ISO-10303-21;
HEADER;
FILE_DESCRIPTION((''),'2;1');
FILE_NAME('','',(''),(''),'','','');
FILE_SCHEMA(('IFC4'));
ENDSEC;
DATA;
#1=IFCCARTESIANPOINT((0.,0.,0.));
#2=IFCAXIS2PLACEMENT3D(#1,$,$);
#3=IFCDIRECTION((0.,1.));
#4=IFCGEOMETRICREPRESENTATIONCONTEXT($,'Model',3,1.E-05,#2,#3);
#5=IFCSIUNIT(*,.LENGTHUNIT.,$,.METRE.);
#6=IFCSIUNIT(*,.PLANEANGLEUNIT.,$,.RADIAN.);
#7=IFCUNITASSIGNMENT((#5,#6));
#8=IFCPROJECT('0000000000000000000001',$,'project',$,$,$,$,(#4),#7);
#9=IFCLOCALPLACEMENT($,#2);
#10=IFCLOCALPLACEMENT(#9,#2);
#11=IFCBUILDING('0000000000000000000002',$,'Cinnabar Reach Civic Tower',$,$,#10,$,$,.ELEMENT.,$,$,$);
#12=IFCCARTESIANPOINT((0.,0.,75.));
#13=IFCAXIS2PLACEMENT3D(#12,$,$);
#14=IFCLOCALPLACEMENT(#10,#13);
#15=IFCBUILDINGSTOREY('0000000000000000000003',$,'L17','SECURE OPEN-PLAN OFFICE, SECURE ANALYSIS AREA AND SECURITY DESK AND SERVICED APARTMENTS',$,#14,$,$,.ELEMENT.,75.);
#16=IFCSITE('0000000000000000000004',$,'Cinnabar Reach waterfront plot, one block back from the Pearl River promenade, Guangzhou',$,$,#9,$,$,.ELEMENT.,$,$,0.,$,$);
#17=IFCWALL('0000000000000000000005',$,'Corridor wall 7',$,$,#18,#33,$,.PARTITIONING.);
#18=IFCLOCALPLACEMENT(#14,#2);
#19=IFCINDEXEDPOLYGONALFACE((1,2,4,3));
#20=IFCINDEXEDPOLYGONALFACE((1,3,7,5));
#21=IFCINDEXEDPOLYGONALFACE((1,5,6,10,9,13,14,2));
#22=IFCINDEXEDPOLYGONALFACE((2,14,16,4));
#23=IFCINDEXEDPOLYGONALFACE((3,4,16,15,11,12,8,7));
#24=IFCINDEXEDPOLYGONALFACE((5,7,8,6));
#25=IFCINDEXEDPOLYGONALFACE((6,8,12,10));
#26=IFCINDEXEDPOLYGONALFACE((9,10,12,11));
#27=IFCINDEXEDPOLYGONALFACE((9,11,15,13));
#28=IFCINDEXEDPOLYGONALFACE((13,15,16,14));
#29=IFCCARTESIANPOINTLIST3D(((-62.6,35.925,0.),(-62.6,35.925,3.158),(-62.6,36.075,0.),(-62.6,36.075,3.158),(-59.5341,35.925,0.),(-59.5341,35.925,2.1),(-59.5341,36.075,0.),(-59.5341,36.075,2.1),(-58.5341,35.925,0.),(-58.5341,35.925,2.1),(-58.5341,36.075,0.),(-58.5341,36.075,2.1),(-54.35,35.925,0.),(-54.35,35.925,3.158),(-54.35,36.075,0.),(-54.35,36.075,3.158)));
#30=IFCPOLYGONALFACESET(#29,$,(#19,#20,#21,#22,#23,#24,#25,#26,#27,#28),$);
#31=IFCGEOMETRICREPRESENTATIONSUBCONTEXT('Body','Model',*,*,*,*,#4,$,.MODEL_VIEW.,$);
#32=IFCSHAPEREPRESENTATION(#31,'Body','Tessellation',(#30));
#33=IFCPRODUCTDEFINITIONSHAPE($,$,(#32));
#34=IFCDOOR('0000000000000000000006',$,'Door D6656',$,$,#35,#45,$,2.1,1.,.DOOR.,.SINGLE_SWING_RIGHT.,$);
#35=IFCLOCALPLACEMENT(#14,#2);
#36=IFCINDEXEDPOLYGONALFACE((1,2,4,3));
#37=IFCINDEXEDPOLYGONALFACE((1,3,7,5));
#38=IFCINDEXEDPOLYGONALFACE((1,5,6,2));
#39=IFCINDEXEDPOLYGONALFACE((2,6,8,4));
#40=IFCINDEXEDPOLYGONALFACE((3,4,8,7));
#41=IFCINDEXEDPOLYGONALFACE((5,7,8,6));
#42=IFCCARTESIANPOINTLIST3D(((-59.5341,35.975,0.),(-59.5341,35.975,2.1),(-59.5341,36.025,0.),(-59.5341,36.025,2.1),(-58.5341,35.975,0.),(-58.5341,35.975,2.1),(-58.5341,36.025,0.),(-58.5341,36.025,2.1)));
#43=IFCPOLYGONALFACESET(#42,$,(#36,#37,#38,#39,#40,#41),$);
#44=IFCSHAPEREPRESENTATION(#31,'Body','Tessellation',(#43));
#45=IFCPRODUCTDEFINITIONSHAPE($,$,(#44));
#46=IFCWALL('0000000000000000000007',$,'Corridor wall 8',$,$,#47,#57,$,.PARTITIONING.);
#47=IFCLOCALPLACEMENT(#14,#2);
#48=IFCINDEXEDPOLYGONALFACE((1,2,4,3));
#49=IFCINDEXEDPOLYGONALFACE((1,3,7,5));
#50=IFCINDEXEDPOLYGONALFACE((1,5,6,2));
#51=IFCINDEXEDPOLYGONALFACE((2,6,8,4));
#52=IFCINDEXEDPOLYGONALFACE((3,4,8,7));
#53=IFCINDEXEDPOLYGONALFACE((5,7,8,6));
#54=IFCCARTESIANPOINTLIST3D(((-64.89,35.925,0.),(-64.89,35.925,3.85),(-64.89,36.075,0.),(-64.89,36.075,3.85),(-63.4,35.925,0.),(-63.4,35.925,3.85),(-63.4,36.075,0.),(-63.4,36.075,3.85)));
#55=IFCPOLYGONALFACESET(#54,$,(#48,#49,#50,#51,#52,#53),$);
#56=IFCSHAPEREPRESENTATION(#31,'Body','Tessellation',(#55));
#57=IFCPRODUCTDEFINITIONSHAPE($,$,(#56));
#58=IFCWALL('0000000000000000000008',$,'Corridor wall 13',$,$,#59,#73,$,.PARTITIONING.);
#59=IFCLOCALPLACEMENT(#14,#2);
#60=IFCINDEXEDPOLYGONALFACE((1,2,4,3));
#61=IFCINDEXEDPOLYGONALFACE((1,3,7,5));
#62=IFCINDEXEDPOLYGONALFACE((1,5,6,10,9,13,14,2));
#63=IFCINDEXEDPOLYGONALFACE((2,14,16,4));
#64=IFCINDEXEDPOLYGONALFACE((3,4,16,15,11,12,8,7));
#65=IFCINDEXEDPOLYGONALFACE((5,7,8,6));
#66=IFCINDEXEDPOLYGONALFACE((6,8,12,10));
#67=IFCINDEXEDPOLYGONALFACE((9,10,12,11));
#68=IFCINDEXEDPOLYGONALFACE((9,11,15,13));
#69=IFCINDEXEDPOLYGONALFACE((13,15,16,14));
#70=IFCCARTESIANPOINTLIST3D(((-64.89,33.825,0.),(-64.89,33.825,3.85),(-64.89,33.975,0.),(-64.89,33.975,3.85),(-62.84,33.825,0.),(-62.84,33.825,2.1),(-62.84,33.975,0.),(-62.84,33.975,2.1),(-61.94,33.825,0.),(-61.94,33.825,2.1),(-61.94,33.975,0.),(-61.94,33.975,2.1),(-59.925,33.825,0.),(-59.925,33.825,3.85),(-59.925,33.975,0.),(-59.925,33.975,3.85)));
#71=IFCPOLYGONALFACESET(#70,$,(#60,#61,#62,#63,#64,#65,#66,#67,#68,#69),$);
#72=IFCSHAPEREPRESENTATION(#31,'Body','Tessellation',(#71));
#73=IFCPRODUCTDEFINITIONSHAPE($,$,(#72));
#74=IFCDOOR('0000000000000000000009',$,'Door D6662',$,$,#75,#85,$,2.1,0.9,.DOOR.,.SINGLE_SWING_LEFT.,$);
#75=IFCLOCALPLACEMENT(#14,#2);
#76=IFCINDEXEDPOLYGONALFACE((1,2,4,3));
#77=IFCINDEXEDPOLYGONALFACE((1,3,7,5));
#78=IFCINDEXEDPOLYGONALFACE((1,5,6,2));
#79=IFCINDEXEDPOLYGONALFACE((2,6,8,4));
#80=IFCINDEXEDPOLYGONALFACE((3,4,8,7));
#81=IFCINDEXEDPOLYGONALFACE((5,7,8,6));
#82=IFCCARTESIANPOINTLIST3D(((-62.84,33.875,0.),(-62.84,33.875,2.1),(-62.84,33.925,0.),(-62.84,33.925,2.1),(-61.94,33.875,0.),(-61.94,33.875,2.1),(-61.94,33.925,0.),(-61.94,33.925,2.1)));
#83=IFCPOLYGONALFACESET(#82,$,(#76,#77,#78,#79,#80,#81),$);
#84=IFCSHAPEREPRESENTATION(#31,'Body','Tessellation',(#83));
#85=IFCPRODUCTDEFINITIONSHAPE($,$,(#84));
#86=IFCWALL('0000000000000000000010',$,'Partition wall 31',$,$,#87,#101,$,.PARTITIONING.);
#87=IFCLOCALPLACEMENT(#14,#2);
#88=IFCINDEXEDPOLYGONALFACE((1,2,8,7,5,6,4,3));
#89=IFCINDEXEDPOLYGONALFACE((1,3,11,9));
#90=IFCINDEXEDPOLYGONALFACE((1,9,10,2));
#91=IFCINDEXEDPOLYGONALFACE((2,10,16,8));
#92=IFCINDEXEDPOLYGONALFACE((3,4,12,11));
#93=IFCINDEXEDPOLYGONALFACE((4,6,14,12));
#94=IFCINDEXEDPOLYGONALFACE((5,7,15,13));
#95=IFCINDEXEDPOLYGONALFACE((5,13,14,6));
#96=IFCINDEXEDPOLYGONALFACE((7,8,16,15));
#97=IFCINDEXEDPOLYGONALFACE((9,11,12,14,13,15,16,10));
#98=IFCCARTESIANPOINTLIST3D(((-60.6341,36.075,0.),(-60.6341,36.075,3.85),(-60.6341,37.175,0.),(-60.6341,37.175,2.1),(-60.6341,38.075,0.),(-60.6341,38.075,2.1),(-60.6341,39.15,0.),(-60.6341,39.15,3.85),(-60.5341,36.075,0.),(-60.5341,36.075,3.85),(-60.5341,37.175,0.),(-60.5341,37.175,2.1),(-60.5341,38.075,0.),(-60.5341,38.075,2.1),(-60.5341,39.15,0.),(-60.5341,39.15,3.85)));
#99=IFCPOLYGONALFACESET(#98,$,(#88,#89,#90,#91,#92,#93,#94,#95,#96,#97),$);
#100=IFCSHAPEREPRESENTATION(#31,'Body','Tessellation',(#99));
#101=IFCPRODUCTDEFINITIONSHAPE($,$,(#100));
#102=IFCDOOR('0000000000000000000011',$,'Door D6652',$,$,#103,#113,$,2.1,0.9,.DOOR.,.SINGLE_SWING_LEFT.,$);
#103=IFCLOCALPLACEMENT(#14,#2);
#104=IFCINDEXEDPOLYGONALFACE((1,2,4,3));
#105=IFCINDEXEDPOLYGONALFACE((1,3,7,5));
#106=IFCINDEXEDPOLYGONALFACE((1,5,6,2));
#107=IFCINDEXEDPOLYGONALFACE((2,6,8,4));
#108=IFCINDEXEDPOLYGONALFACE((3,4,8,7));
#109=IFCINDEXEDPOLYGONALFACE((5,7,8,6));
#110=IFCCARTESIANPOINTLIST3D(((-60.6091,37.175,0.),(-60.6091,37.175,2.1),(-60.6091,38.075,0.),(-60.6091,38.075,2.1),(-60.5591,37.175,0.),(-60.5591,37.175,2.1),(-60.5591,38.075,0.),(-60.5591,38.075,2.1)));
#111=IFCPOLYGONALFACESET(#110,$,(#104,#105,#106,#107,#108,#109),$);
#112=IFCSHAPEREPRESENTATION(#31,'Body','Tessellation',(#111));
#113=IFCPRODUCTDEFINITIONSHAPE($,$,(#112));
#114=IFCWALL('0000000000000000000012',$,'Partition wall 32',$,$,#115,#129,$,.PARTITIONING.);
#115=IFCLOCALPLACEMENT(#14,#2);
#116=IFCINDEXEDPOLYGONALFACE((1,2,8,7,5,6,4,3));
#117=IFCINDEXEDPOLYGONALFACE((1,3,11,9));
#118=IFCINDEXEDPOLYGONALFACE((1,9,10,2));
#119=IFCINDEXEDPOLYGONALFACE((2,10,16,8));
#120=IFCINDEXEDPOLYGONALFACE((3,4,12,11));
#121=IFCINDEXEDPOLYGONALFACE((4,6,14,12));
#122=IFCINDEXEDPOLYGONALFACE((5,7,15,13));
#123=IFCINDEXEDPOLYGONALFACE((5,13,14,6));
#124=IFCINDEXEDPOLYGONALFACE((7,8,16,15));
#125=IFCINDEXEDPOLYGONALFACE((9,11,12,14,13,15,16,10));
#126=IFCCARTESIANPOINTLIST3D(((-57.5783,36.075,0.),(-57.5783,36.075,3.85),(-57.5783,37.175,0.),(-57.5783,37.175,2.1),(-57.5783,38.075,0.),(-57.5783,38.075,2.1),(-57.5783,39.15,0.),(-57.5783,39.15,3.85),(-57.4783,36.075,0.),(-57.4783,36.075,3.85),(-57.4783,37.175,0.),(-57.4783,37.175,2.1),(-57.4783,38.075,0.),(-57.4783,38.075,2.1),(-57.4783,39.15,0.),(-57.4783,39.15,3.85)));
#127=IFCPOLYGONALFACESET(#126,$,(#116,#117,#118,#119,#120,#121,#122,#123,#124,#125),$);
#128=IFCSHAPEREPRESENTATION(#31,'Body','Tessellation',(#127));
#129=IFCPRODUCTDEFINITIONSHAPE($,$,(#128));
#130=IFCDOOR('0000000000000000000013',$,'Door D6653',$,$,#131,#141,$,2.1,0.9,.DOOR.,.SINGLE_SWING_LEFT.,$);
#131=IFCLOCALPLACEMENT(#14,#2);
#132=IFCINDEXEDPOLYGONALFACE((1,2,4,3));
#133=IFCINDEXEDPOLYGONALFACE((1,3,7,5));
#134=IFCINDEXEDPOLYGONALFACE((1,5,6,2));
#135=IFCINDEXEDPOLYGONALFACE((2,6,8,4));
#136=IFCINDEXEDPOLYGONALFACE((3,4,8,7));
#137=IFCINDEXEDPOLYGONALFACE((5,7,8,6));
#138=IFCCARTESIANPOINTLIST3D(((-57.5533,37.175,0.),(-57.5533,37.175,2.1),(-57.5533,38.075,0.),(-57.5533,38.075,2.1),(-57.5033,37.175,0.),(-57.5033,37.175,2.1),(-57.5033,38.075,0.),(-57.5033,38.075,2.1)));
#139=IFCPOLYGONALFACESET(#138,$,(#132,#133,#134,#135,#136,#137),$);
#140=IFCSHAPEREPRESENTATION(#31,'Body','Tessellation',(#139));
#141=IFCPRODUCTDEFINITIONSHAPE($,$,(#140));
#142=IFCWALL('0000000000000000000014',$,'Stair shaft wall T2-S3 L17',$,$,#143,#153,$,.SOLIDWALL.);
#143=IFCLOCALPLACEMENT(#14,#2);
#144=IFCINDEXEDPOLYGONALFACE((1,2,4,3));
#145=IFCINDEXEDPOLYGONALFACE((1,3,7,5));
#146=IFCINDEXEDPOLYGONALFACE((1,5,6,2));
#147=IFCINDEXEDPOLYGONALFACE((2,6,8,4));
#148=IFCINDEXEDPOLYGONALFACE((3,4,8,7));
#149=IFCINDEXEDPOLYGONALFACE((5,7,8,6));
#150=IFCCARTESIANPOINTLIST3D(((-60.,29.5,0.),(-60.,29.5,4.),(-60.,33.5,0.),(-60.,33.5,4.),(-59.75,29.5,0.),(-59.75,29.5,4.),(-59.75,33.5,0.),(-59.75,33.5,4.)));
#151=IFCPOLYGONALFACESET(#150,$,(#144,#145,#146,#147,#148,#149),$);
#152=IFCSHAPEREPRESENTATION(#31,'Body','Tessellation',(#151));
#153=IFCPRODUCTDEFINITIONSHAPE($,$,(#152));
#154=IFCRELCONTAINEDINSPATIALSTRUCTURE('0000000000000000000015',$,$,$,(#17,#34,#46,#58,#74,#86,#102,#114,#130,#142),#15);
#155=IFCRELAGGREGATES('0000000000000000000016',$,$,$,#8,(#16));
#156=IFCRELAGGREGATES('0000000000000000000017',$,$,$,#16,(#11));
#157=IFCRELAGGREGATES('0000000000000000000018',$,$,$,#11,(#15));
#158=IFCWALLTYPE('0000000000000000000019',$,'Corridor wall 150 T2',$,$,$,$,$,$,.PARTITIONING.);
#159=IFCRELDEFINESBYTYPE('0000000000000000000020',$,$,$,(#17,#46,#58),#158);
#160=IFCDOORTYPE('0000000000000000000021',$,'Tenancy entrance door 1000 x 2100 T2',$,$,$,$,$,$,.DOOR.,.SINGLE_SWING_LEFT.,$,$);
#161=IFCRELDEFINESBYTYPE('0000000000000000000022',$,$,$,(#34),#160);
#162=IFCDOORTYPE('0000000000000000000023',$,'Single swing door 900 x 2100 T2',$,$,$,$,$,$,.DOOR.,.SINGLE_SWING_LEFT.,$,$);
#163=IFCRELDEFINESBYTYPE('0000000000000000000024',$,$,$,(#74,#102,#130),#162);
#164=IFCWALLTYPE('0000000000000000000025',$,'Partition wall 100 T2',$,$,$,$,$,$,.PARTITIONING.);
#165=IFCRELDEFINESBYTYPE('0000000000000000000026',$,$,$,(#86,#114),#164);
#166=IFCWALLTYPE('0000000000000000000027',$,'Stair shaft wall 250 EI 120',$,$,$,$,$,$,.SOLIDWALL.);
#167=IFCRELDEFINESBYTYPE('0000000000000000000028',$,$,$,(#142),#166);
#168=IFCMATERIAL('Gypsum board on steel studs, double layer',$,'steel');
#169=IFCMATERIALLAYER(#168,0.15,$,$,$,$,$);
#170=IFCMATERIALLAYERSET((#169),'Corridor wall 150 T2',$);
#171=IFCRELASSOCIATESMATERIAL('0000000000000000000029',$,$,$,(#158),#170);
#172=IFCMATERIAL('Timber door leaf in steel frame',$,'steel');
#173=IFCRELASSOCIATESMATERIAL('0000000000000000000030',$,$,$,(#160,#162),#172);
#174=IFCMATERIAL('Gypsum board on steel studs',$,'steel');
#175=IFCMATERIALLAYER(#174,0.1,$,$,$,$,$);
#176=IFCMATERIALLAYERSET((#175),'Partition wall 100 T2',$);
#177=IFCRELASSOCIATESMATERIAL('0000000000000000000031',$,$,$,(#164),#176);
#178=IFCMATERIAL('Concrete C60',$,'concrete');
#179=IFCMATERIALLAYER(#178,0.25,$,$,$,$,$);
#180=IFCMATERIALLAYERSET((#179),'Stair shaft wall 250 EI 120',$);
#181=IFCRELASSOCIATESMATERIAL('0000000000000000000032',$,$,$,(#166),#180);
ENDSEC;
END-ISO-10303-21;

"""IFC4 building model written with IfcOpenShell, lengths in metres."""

from ifc_helpers import new_model, si_unit, direction, frame, frame_2d, origin, place, context, subcontext, project, spatial, rectangle, extrude, material, layer, layer_set, type_object, element, fill, save


model = new_model("IFC4")

# Units and contexts
model_context = context("Model", 3, precision=1e-05, world=origin(), true_north=direction((0.0, 1.0)))
body_context = subcontext(model_context, "Body", "Model", "MODEL_VIEW")
ifc_project = project(units=[si_unit("LENGTHUNIT", "METRE"), si_unit("PLANEANGLEUNIT", "RADIAN")], contexts=[model_context])

# Site, building, storey
site_placement = place(None, origin())
site = spatial("IfcSite", under=ifc_project, at=site_placement, Name="Cinnabar Reach waterfront plot, one block back from the Pearl River promenade, Guangzhou", CompositionType="ELEMENT", RefElevation=0.0)
building_placement = place(site_placement, origin())
building = spatial("IfcBuilding", under=site, at=building_placement, Name="Cinnabar Reach Civic Tower", CompositionType="ELEMENT")
storey_placement = place(building_placement, frame((0.0, 0.0, 75.0)))
storey = spatial("IfcBuildingStorey", under=building, at=storey_placement, Name="L17", Description="SECURE OPEN-PLAN OFFICE, SECURE ANALYSIS AREA AND SECURITY DESK AND SERVICED APARTMENTS", CompositionType="ELEMENT", Elevation=75.0)

# Shared definitions
ifc_material_1 = material(Name="Concrete C60", Category="concrete")

# Wall, opening, door
ifc_material_2 = material(Name="Gypsum board on steel studs, double layer", Category="steel")
ifc_layer_1 = layer(ifc_material_2, 0.15)
ifc_layer_set_1 = layer_set([ifc_layer_1], Name="Corridor wall 150 T2")
wall_type_1 = type_object("IfcWallType", Name="Corridor wall 150 T2", PredefinedType="PARTITIONING", material=ifc_layer_set_1)
wall_1_placement = place(storey_placement, frame((-62.6, 36.0, 0.0), z_axis=(0.0, 0.0, 1.0), x_axis=(1.0, 0.0, 0.0)))
wall_1 = element("IfcWall", 1, at=wall_1_placement, inside=storey, type_object=wall_type_1, Name="Corridor wall 7", PredefinedType="PARTITIONING", context=body_context, shape_type="SweptSolid", body=[
    extrude(rectangle(XDim=8.25, YDim=0.15, at=frame_2d((4.125, 0.0))), origin(), (0.0, 0.0, 1.0), 3.158),
])
opening_1_placement = place(wall_1_placement, frame((3.0659, 0.0, 0.0)))
opening_1 = element("IfcOpeningElement", 2, at=opening_1_placement, cuts=wall_1, PredefinedType="OPENING", context=body_context, shape_type="SweptSolid", body=[
    extrude(rectangle(XDim=1.0, YDim=2.1, at=frame_2d((0.5, 1.05))), frame((0.0, 0.085, 0.0), z_axis=(0.0, -1.0, 0.0), x_axis=(1.0, 0.0, 0.0)), (0.0, 0.0, 1.0), 0.17),
])
ifc_material_3 = material(Name="Timber door leaf in steel frame", Category="steel")
door_type_1 = type_object("IfcDoorType", Name="Tenancy entrance door 1000 x 2100 T2", OperationType="SINGLE_SWING_LEFT", PredefinedType="DOOR", material=ifc_material_3)
door_1_placement = place(opening_1_placement, origin())
door_1 = element("IfcDoor", 3, at=door_1_placement, inside=storey, type_object=door_type_1, Name="Door D6656", OperationType="SINGLE_SWING_RIGHT", OverallHeight=2.1, OverallWidth=1.0, PredefinedType="DOOR", context=body_context, shape_type="SweptSolid", body=[
    extrude(rectangle(XDim=1.0, YDim=2.1, at=frame_2d((0.5, 1.05))), frame((0.0, 0.025, 0.0), z_axis=(0.0, -1.0, 0.0), x_axis=(1.0, 0.0, 0.0)), (0.0, 0.0, 1.0), 0.05),
])
fill(opening_1, door_1)

# Wall
wall_2_placement = place(storey_placement, frame((-64.89, 36.0, 0.0), z_axis=(0.0, 0.0, 1.0), x_axis=(1.0, 0.0, 0.0)))
element("IfcWall", 4, at=wall_2_placement, inside=storey, type_object=wall_type_1, Name="Corridor wall 8", PredefinedType="PARTITIONING", context=body_context, shape_type="SweptSolid", body=[
    extrude(rectangle(XDim=1.49, YDim=0.15, at=frame_2d((0.745, 0.0))), origin(), (0.0, 0.0, 1.0), 3.85),
])

# Walls, openings, doors
wall_3_placement = place(storey_placement, frame((-64.89, 33.9, 0.0), z_axis=(0.0, 0.0, 1.0), x_axis=(1.0, 0.0, 0.0)))
wall_3 = element("IfcWall", 5, at=wall_3_placement, inside=storey, type_object=wall_type_1, Name="Corridor wall 13", PredefinedType="PARTITIONING", context=body_context, shape_type="SweptSolid", body=[
    extrude(rectangle(XDim=4.965, YDim=0.15, at=frame_2d((2.4825, 0.0))), origin(), (0.0, 0.0, 1.0), 3.85),
])
opening_2_placement = place(wall_3_placement, frame((2.05, 0.0, 0.0)))
opening_2 = element("IfcOpeningElement", 6, at=opening_2_placement, cuts=wall_3, PredefinedType="OPENING", context=body_context, shape_type="SweptSolid", body=[
    extrude(rectangle(XDim=0.9, YDim=2.1, at=frame_2d((0.45, 1.05))), frame((0.0, 0.085, 0.0), z_axis=(0.0, -1.0, 0.0), x_axis=(1.0, 0.0, 0.0)), (0.0, 0.0, 1.0), 0.17),
])
door_type_2 = type_object("IfcDoorType", Name="Single swing door 900 x 2100 T2", OperationType="SINGLE_SWING_LEFT", PredefinedType="DOOR", material=ifc_material_3)
door_2_placement = place(opening_2_placement, frame((0.9, 0.0, 0.0), z_axis=(0.0, 0.0, 1.0), x_axis=(-1.0, 0.0, 0.0)))
door_2 = element("IfcDoor", 7, at=door_2_placement, inside=storey, type_object=door_type_2, Name="Door D6662", OperationType="SINGLE_SWING_LEFT", OverallHeight=2.1, OverallWidth=0.9, PredefinedType="DOOR", context=body_context, shape_type="SweptSolid", body=[
    extrude(rectangle(XDim=0.9, YDim=2.1, at=frame_2d((0.45, 1.05))), frame((0.0, 0.025, 0.0), z_axis=(0.0, -1.0, 0.0), x_axis=(1.0, 0.0, 0.0)), (0.0, 0.0, 1.0), 0.05),
])
fill(opening_2, door_2)
ifc_material_4 = material(Name="Gypsum board on steel studs", Category="steel")
ifc_layer_2 = layer(ifc_material_4, 0.1)
ifc_layer_set_2 = layer_set([ifc_layer_2], Name="Partition wall 100 T2")
wall_type_2 = type_object("IfcWallType", Name="Partition wall 100 T2", PredefinedType="PARTITIONING", material=ifc_layer_set_2)
wall_4_placement = place(storey_placement, frame((-60.5841, 36.075, 0.0), z_axis=(0.0, 0.0, 1.0), x_axis=(0.0, 1.0, 0.0)))
wall_4 = element("IfcWall", 8, at=wall_4_placement, inside=storey, type_object=wall_type_2, Name="Partition wall 31", PredefinedType="PARTITIONING", context=body_context, shape_type="SweptSolid", body=[
    extrude(rectangle(XDim=3.075, YDim=0.1, at=frame_2d((1.5375, 0.0))), origin(), (0.0, 0.0, 1.0), 3.85),
])
opening_3_placement = place(wall_4_placement, frame((1.1, 0.0, 0.0)))
opening_3 = element("IfcOpeningElement", 9, at=opening_3_placement, cuts=wall_4, PredefinedType="OPENING", context=body_context, shape_type="SweptSolid", body=[
    extrude(rectangle(XDim=0.9, YDim=2.1, at=frame_2d((0.45, 1.05))), frame((0.0, 0.06, 0.0), z_axis=(0.0, -1.0, 0.0), x_axis=(1.0, 0.0, 0.0)), (0.0, 0.0, 1.0), 0.12),
])
door_3_placement = place(opening_3_placement, origin())
door_3 = element("IfcDoor", 10, at=door_3_placement, inside=storey, type_object=door_type_2, Name="Door D6652", OperationType="SINGLE_SWING_LEFT", OverallHeight=2.1, OverallWidth=0.9, PredefinedType="DOOR", context=body_context, shape_type="SweptSolid", body=[
    extrude(rectangle(XDim=0.9, YDim=2.1, at=frame_2d((0.45, 1.05))), frame((0.0, 0.025, 0.0), z_axis=(0.0, -1.0, 0.0), x_axis=(1.0, 0.0, 0.0)), (0.0, 0.0, 1.0), 0.05),
])
fill(opening_3, door_3)
wall_5_placement = place(storey_placement, frame((-57.5283, 36.075, 0.0), z_axis=(0.0, 0.0, 1.0), x_axis=(0.0, 1.0, 0.0)))
wall_5 = element("IfcWall", 11, at=wall_5_placement, inside=storey, type_object=wall_type_2, Name="Partition wall 32", PredefinedType="PARTITIONING", context=body_context, shape_type="SweptSolid", body=[
    extrude(rectangle(XDim=3.075, YDim=0.1, at=frame_2d((1.5375, 0.0))), origin(), (0.0, 0.0, 1.0), 3.85),
])
opening_4_placement = place(wall_5_placement, frame((1.1, 0.0, 0.0)))
opening_4 = element("IfcOpeningElement", 12, at=opening_4_placement, cuts=wall_5, PredefinedType="OPENING", context=body_context, shape_type="SweptSolid", body=[
    extrude(rectangle(XDim=0.9, YDim=2.1, at=frame_2d((0.45, 1.05))), frame((0.0, 0.06, 0.0), z_axis=(0.0, -1.0, 0.0), x_axis=(1.0, 0.0, 0.0)), (0.0, 0.0, 1.0), 0.12),
])
door_4_placement = place(opening_4_placement, origin())
door_4 = element("IfcDoor", 13, at=door_4_placement, inside=storey, type_object=door_type_2, Name="Door D6653", OperationType="SINGLE_SWING_LEFT", OverallHeight=2.1, OverallWidth=0.9, PredefinedType="DOOR", context=body_context, shape_type="SweptSolid", body=[
    extrude(rectangle(XDim=0.9, YDim=2.1, at=frame_2d((0.45, 1.05))), frame((0.0, 0.025, 0.0), z_axis=(0.0, -1.0, 0.0), x_axis=(1.0, 0.0, 0.0)), (0.0, 0.0, 1.0), 0.05),
])
fill(opening_4, door_4)

# Wall
ifc_layer_3 = layer(ifc_material_1, 0.25)
ifc_layer_set_3 = layer_set([ifc_layer_3], Name="Stair shaft wall 250 EI 120")
wall_type_3 = type_object("IfcWallType", Name="Stair shaft wall 250 EI 120", PredefinedType="SOLIDWALL", material=ifc_layer_set_3)
wall_6_placement = place(storey_placement, frame((-59.875, 33.5, 0.0), z_axis=(0.0, 0.0, 1.0), x_axis=(0.0, -1.0, 0.0)))
element("IfcWall", 14, at=wall_6_placement, inside=storey, type_object=wall_type_3, Name="Stair shaft wall T2-S3 L17", PredefinedType="SOLIDWALL", context=body_context, shape_type="SweptSolid", body=[
    extrude(rectangle(XDim=4.0, YDim=0.25, at=frame_2d((2.0, 0.0))), origin(), (0.0, 0.0, 1.0), 4.0),
])

save(model, "model.ifc")
